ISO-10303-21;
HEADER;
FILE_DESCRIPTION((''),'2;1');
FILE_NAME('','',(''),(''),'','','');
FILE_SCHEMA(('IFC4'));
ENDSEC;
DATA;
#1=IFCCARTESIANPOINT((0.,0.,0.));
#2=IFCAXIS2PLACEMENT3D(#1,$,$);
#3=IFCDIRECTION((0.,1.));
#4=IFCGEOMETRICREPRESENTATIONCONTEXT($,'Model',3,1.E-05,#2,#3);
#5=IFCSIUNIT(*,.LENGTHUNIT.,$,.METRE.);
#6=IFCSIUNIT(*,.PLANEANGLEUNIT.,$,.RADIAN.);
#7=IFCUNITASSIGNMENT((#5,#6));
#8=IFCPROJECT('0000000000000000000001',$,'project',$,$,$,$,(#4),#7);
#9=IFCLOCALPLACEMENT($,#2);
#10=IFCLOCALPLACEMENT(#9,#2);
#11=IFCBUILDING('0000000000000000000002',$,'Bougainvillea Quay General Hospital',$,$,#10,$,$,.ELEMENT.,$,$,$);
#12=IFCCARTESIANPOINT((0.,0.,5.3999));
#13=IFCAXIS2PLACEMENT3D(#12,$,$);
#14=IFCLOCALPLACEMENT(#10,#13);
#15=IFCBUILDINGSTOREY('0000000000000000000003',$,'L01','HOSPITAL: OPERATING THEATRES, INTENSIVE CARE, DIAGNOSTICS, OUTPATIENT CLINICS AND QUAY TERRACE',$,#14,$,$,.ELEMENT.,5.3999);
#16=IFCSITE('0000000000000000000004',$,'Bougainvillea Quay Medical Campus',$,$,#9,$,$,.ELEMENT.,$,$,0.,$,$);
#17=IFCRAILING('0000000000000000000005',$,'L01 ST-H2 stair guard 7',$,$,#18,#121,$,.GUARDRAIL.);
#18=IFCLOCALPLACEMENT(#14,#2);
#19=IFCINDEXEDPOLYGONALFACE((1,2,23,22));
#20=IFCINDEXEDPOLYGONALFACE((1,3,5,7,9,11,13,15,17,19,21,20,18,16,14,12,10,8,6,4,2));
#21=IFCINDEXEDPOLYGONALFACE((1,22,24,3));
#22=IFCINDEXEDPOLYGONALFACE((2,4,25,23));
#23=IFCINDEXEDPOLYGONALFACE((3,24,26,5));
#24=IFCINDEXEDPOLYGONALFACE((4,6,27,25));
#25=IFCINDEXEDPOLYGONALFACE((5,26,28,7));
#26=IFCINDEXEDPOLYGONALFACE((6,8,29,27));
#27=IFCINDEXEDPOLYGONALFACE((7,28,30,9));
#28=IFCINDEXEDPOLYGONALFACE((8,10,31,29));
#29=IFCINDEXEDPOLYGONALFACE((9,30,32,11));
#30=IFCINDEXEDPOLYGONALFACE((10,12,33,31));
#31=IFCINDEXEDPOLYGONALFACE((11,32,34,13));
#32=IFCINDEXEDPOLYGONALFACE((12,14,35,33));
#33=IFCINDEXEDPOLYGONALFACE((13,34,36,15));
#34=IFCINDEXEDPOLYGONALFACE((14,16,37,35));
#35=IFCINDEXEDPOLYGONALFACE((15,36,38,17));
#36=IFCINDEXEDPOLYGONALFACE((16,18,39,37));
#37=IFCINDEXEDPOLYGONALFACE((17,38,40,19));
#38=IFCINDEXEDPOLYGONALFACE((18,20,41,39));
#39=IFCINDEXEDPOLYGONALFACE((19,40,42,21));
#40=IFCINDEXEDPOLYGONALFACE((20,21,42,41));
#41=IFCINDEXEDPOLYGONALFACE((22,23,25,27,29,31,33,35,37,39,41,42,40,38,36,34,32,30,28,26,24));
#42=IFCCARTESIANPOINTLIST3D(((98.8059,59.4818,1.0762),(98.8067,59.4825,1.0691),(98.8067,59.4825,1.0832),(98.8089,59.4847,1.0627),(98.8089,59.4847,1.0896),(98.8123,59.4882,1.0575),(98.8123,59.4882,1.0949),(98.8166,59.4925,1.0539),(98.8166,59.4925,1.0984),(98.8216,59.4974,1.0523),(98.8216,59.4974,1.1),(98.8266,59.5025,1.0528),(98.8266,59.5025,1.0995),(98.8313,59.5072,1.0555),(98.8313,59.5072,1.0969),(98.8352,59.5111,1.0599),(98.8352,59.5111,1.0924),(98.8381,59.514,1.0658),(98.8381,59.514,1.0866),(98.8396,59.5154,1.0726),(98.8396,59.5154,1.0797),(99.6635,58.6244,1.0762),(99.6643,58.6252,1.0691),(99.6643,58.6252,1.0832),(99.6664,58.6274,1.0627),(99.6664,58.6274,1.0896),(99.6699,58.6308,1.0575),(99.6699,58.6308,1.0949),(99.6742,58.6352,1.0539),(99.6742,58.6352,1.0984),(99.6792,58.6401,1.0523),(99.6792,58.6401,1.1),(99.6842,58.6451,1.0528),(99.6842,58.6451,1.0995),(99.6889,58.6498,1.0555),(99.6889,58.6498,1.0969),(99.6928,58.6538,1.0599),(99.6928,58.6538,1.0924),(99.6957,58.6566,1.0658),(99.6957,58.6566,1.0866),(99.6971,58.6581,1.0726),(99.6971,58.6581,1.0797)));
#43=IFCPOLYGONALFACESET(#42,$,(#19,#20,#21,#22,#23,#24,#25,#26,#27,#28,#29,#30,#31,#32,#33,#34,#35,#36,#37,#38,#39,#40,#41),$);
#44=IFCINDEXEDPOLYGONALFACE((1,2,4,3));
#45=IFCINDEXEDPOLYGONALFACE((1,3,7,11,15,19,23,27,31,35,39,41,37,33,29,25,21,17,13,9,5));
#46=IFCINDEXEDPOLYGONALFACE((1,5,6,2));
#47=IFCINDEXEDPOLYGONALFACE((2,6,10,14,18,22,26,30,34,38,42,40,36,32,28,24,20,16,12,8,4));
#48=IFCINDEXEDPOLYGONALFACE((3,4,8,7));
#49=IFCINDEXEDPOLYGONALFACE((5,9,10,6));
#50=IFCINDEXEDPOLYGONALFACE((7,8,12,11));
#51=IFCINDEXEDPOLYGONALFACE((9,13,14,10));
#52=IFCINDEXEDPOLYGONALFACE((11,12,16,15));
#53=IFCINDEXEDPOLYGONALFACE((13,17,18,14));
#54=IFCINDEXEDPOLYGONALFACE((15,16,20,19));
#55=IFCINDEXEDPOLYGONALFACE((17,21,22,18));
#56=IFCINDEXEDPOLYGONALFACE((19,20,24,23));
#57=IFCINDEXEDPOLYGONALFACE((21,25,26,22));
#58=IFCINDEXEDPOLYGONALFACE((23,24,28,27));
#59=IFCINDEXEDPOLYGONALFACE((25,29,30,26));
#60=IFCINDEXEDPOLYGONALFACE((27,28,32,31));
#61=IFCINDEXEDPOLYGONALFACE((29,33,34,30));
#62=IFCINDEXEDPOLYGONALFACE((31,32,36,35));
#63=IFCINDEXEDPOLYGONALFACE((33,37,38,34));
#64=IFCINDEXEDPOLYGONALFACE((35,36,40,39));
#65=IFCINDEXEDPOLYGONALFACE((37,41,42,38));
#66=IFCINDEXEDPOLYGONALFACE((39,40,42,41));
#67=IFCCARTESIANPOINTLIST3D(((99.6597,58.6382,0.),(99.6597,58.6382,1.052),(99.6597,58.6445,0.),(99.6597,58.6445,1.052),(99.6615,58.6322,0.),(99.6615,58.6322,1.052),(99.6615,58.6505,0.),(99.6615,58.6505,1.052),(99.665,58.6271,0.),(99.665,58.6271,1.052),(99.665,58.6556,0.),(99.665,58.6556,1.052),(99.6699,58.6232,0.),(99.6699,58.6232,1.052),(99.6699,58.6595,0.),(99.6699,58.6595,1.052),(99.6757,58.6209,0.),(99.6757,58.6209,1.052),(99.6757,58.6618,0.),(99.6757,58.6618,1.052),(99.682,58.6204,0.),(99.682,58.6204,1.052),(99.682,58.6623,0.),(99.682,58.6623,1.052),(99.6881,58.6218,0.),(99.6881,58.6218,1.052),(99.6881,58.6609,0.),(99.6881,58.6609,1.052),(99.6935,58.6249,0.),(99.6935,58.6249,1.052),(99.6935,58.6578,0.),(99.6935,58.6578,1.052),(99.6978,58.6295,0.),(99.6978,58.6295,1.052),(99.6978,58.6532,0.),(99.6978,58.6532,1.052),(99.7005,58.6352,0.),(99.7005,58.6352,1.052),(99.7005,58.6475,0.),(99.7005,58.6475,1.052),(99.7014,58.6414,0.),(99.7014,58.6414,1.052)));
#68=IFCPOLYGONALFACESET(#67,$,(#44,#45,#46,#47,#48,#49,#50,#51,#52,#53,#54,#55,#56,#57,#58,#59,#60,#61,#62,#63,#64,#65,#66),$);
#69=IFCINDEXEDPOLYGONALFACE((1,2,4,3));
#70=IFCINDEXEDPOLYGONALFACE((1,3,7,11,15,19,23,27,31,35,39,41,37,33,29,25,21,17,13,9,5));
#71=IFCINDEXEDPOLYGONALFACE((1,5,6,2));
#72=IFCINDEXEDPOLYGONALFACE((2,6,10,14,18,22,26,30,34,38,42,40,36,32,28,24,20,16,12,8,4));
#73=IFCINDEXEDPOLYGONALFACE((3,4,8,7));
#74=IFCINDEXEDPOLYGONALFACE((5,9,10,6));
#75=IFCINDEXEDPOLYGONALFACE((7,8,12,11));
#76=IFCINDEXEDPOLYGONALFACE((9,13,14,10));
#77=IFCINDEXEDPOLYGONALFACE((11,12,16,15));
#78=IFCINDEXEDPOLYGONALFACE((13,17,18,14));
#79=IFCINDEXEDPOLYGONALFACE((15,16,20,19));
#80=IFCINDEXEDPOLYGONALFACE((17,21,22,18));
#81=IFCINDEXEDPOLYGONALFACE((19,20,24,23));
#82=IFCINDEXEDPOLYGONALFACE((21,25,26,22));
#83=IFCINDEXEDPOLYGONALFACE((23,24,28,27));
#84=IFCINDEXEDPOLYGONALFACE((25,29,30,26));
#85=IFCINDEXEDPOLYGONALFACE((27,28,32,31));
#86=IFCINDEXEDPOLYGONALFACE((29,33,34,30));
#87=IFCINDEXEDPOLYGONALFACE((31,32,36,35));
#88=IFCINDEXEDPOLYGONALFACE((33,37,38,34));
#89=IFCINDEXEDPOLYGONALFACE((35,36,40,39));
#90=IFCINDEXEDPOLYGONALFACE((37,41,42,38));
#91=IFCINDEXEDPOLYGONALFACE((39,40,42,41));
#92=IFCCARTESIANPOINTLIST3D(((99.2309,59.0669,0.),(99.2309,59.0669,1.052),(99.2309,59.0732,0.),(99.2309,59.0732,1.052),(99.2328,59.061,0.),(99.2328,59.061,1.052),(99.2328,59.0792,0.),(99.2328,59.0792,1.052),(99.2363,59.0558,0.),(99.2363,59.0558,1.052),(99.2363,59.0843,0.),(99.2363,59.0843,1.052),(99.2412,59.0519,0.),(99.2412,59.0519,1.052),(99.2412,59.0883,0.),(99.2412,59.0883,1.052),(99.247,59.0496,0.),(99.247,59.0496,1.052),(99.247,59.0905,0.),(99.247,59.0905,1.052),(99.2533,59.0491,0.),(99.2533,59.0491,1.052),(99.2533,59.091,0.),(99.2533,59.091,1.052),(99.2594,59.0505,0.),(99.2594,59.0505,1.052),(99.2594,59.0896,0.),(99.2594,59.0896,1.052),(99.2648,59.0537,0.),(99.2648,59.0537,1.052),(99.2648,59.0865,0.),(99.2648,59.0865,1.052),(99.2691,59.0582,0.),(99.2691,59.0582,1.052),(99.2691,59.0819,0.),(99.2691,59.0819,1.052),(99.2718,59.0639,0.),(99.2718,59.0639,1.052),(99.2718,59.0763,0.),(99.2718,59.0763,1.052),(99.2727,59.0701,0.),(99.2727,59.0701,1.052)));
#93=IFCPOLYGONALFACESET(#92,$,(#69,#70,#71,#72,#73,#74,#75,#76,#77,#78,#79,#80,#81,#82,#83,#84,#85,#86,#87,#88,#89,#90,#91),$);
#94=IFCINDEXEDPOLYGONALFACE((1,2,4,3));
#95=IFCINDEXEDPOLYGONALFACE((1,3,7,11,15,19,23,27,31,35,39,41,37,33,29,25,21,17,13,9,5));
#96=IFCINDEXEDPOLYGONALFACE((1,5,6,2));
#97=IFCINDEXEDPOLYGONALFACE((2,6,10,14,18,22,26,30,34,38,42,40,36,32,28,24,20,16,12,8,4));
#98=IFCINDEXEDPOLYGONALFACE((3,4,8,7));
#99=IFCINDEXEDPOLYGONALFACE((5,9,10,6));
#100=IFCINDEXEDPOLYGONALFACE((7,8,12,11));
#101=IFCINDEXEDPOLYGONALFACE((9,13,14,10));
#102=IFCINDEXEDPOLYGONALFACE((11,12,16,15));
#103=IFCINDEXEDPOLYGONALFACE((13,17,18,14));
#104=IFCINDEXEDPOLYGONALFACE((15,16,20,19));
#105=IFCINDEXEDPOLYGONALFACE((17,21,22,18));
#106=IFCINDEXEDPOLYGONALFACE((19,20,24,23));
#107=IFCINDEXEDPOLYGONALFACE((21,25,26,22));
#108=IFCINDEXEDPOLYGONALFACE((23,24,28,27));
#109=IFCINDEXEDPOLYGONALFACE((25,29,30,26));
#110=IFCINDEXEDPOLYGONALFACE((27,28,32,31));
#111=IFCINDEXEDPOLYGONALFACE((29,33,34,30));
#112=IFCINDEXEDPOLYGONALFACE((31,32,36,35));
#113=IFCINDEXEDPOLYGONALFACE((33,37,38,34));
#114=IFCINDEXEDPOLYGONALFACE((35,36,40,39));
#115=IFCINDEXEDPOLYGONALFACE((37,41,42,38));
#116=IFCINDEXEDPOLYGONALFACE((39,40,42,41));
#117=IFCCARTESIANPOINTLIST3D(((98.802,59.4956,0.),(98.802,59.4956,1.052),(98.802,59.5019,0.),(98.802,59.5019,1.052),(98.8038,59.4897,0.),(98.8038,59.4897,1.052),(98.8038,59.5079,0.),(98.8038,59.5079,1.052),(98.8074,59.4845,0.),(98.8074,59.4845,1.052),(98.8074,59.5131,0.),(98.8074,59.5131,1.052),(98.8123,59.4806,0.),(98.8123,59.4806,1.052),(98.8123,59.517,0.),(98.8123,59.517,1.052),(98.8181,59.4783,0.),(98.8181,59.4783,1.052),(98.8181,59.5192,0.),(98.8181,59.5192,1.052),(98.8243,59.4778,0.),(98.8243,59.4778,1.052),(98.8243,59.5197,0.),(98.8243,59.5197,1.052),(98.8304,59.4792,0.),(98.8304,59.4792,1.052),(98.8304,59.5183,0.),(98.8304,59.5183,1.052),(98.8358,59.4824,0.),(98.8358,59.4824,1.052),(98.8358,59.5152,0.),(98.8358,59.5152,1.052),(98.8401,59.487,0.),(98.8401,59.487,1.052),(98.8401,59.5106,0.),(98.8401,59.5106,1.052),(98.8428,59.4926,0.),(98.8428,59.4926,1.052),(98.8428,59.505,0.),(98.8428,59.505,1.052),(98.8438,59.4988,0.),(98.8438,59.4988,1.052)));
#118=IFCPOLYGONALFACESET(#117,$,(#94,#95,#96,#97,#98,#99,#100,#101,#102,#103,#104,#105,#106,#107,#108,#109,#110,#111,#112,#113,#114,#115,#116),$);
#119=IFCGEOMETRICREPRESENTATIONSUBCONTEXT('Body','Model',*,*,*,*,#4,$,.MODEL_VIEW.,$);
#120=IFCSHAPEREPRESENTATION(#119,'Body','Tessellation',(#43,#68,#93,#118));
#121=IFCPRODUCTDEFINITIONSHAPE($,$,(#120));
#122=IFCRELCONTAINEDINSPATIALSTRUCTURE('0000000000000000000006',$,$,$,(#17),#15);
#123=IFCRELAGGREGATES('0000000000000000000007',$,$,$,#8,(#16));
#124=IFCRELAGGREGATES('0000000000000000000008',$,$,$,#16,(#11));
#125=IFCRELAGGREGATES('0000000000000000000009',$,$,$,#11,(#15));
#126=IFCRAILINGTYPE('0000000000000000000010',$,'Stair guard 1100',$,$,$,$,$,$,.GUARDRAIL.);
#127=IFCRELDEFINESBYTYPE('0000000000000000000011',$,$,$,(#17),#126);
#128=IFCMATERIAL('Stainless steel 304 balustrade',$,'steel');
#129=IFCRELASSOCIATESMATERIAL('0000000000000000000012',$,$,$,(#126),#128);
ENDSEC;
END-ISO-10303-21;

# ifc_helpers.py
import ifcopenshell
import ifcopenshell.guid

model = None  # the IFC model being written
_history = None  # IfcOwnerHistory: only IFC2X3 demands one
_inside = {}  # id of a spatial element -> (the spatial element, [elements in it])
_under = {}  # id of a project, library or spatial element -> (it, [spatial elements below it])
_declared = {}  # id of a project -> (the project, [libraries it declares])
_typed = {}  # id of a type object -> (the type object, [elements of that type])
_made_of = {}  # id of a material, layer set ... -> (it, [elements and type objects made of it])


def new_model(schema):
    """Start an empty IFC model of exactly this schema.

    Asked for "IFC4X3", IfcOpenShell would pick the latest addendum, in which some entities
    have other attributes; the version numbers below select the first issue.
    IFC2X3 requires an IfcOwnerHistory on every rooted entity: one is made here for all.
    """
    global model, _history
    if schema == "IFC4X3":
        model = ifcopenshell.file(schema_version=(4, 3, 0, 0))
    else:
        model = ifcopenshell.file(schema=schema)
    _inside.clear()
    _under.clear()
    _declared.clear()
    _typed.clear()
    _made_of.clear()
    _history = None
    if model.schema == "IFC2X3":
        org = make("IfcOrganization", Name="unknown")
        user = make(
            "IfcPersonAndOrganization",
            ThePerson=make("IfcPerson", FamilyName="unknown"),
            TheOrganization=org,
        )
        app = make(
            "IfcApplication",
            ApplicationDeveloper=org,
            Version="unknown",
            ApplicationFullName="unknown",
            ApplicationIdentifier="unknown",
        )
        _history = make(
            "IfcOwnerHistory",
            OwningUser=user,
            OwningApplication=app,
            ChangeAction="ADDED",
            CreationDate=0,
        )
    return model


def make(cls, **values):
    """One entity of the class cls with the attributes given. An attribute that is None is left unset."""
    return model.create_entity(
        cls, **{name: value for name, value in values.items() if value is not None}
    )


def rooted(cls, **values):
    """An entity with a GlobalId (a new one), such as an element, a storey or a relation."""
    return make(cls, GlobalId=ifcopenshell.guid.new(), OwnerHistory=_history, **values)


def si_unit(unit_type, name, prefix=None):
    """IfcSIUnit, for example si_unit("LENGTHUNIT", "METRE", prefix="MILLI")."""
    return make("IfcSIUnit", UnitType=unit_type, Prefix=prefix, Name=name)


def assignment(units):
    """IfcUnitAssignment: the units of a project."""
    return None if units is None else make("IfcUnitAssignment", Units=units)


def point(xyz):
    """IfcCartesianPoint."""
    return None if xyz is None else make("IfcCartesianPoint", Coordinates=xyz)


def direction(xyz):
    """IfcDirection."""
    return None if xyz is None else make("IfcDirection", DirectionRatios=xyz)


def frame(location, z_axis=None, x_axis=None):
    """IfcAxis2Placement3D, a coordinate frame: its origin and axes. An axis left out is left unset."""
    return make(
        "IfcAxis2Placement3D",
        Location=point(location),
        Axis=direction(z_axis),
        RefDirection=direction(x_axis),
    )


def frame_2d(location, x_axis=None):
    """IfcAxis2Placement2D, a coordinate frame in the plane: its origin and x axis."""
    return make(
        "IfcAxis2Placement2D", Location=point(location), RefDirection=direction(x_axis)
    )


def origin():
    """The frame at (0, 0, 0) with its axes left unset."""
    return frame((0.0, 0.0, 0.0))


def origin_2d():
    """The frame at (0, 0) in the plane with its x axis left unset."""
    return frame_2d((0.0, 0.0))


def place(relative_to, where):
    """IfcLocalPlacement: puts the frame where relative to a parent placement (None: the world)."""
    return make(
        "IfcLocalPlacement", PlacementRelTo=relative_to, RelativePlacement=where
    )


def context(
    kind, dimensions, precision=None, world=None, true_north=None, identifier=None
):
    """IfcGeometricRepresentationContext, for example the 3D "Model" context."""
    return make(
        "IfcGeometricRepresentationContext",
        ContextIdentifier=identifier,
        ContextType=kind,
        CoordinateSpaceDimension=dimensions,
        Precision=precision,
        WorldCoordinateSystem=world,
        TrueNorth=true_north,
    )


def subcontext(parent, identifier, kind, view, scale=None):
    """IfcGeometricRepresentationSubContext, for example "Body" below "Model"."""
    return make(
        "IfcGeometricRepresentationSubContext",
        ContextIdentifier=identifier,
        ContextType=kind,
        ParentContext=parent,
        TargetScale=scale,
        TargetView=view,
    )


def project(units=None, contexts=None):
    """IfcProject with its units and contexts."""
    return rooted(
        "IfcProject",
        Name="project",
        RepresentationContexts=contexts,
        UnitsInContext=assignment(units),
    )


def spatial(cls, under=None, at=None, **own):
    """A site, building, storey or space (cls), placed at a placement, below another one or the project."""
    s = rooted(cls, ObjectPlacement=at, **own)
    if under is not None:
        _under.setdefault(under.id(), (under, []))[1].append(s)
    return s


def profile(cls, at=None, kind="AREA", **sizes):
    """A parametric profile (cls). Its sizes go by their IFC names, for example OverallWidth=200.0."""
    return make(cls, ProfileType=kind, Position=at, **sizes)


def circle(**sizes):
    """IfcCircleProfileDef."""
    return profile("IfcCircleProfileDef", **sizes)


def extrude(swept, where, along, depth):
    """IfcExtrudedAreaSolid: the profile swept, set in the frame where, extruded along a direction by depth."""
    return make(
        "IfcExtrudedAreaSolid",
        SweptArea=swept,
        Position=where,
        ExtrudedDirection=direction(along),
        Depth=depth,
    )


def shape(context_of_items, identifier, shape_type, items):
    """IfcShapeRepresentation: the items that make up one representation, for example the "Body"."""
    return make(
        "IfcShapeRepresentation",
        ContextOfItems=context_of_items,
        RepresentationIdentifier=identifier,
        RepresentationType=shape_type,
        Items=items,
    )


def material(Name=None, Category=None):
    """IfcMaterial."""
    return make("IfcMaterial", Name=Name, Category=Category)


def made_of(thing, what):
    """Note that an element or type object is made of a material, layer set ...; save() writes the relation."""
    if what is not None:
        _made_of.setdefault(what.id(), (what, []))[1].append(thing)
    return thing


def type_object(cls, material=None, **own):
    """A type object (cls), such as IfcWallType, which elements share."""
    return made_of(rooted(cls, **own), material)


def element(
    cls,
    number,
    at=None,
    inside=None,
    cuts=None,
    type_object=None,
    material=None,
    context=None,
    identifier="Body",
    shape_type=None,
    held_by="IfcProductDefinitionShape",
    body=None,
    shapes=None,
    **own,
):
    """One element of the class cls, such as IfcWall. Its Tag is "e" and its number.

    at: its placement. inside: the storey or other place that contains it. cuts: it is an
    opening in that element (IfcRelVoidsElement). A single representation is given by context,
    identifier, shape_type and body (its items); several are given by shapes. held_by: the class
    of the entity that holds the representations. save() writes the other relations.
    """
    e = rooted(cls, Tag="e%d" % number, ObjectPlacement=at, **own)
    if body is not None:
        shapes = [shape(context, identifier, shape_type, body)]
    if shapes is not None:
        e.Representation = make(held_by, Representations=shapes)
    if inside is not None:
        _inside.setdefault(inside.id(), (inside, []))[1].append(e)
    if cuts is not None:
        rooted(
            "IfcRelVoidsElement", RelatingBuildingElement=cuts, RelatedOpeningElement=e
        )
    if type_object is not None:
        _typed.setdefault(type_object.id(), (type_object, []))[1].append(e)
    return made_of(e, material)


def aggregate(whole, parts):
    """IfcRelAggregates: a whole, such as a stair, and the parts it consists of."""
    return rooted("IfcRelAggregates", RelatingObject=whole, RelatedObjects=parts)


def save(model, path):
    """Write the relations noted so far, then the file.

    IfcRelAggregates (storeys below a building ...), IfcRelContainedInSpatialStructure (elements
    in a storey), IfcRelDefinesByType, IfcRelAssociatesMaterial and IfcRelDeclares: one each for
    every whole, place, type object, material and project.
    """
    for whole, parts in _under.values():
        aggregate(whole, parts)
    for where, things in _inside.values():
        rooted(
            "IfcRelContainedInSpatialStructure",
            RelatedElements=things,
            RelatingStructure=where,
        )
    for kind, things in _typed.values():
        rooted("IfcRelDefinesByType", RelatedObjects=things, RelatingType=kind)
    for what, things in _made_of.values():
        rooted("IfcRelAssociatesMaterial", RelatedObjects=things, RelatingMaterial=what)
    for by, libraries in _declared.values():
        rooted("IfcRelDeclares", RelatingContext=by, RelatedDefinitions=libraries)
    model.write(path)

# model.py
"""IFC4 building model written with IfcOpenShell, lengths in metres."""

from ifc_helpers import new_model, si_unit, direction, frame, origin, origin_2d, place, context, subcontext, project, spatial, circle, extrude, material, type_object, element, save


model = new_model("IFC4")

# Units and contexts
model_context = context("Model", 3, precision=1e-05, world=origin(), true_north=direction((0.0, 1.0)))
body_context = subcontext(model_context, "Body", "Model", "MODEL_VIEW")
ifc_project = project(units=[si_unit("LENGTHUNIT", "METRE"), si_unit("PLANEANGLEUNIT", "RADIAN")], contexts=[model_context])

# Site, building, storey
site_placement = place(None, origin())
site = spatial("IfcSite", under=ifc_project, at=site_placement, Name="Bougainvillea Quay Medical Campus", CompositionType="ELEMENT", RefElevation=0.0)
building_placement = place(site_placement, origin())
building = spatial("IfcBuilding", under=site, at=building_placement, Name="Bougainvillea Quay General Hospital", CompositionType="ELEMENT")
storey_placement = place(building_placement, frame((0.0, 0.0, 5.3999)))
storey = spatial("IfcBuildingStorey", under=building, at=storey_placement, Name="L01", Description="HOSPITAL: OPERATING THEATRES, INTENSIVE CARE, DIAGNOSTICS, OUTPATIENT CLINICS AND QUAY TERRACE", CompositionType="ELEMENT", Elevation=5.3999)

# Railing
ifc_material_1 = material(Name="Stainless steel 304 balustrade", Category="steel")
railing_type_1 = type_object("IfcRailingType", Name="Stair guard 1100", PredefinedType="GUARDRAIL", material=ifc_material_1)
railing_1_placement = place(storey_placement, frame((99.6804, 58.6414, 0.0)))
element("IfcRailing", 1, at=railing_1_placement, inside=storey, type_object=railing_type_1, Name="L01 ST-H2 stair guard 7", PredefinedType="GUARDRAIL", context=body_context, shape_type="SweptSolid", body=[
    extrude(circle(Radius=0.0239, at=origin_2d()), frame((0.0, 0.0, 1.0762), z_axis=(-0.707207, 0.707006, 0.0), x_axis=(-0.707006, -0.707207, 0.0)), (0.0, 0.0, 1.0), 1.2126),
    extrude(circle(Radius=0.021, at=origin_2d()), origin(), (0.0, 0.0, 1.0), 1.052),
    extrude(circle(Radius=0.021, at=origin_2d()), frame((-0.4287, 0.4287, 0.0)), (0.0, 0.0, 1.0), 1.052),
    extrude(circle(Radius=0.021, at=origin_2d()), frame((-0.8577, 0.8574, 0.0)), (0.0, 0.0, 1.0), 1.052),
])

save(model, "model.ifc")
